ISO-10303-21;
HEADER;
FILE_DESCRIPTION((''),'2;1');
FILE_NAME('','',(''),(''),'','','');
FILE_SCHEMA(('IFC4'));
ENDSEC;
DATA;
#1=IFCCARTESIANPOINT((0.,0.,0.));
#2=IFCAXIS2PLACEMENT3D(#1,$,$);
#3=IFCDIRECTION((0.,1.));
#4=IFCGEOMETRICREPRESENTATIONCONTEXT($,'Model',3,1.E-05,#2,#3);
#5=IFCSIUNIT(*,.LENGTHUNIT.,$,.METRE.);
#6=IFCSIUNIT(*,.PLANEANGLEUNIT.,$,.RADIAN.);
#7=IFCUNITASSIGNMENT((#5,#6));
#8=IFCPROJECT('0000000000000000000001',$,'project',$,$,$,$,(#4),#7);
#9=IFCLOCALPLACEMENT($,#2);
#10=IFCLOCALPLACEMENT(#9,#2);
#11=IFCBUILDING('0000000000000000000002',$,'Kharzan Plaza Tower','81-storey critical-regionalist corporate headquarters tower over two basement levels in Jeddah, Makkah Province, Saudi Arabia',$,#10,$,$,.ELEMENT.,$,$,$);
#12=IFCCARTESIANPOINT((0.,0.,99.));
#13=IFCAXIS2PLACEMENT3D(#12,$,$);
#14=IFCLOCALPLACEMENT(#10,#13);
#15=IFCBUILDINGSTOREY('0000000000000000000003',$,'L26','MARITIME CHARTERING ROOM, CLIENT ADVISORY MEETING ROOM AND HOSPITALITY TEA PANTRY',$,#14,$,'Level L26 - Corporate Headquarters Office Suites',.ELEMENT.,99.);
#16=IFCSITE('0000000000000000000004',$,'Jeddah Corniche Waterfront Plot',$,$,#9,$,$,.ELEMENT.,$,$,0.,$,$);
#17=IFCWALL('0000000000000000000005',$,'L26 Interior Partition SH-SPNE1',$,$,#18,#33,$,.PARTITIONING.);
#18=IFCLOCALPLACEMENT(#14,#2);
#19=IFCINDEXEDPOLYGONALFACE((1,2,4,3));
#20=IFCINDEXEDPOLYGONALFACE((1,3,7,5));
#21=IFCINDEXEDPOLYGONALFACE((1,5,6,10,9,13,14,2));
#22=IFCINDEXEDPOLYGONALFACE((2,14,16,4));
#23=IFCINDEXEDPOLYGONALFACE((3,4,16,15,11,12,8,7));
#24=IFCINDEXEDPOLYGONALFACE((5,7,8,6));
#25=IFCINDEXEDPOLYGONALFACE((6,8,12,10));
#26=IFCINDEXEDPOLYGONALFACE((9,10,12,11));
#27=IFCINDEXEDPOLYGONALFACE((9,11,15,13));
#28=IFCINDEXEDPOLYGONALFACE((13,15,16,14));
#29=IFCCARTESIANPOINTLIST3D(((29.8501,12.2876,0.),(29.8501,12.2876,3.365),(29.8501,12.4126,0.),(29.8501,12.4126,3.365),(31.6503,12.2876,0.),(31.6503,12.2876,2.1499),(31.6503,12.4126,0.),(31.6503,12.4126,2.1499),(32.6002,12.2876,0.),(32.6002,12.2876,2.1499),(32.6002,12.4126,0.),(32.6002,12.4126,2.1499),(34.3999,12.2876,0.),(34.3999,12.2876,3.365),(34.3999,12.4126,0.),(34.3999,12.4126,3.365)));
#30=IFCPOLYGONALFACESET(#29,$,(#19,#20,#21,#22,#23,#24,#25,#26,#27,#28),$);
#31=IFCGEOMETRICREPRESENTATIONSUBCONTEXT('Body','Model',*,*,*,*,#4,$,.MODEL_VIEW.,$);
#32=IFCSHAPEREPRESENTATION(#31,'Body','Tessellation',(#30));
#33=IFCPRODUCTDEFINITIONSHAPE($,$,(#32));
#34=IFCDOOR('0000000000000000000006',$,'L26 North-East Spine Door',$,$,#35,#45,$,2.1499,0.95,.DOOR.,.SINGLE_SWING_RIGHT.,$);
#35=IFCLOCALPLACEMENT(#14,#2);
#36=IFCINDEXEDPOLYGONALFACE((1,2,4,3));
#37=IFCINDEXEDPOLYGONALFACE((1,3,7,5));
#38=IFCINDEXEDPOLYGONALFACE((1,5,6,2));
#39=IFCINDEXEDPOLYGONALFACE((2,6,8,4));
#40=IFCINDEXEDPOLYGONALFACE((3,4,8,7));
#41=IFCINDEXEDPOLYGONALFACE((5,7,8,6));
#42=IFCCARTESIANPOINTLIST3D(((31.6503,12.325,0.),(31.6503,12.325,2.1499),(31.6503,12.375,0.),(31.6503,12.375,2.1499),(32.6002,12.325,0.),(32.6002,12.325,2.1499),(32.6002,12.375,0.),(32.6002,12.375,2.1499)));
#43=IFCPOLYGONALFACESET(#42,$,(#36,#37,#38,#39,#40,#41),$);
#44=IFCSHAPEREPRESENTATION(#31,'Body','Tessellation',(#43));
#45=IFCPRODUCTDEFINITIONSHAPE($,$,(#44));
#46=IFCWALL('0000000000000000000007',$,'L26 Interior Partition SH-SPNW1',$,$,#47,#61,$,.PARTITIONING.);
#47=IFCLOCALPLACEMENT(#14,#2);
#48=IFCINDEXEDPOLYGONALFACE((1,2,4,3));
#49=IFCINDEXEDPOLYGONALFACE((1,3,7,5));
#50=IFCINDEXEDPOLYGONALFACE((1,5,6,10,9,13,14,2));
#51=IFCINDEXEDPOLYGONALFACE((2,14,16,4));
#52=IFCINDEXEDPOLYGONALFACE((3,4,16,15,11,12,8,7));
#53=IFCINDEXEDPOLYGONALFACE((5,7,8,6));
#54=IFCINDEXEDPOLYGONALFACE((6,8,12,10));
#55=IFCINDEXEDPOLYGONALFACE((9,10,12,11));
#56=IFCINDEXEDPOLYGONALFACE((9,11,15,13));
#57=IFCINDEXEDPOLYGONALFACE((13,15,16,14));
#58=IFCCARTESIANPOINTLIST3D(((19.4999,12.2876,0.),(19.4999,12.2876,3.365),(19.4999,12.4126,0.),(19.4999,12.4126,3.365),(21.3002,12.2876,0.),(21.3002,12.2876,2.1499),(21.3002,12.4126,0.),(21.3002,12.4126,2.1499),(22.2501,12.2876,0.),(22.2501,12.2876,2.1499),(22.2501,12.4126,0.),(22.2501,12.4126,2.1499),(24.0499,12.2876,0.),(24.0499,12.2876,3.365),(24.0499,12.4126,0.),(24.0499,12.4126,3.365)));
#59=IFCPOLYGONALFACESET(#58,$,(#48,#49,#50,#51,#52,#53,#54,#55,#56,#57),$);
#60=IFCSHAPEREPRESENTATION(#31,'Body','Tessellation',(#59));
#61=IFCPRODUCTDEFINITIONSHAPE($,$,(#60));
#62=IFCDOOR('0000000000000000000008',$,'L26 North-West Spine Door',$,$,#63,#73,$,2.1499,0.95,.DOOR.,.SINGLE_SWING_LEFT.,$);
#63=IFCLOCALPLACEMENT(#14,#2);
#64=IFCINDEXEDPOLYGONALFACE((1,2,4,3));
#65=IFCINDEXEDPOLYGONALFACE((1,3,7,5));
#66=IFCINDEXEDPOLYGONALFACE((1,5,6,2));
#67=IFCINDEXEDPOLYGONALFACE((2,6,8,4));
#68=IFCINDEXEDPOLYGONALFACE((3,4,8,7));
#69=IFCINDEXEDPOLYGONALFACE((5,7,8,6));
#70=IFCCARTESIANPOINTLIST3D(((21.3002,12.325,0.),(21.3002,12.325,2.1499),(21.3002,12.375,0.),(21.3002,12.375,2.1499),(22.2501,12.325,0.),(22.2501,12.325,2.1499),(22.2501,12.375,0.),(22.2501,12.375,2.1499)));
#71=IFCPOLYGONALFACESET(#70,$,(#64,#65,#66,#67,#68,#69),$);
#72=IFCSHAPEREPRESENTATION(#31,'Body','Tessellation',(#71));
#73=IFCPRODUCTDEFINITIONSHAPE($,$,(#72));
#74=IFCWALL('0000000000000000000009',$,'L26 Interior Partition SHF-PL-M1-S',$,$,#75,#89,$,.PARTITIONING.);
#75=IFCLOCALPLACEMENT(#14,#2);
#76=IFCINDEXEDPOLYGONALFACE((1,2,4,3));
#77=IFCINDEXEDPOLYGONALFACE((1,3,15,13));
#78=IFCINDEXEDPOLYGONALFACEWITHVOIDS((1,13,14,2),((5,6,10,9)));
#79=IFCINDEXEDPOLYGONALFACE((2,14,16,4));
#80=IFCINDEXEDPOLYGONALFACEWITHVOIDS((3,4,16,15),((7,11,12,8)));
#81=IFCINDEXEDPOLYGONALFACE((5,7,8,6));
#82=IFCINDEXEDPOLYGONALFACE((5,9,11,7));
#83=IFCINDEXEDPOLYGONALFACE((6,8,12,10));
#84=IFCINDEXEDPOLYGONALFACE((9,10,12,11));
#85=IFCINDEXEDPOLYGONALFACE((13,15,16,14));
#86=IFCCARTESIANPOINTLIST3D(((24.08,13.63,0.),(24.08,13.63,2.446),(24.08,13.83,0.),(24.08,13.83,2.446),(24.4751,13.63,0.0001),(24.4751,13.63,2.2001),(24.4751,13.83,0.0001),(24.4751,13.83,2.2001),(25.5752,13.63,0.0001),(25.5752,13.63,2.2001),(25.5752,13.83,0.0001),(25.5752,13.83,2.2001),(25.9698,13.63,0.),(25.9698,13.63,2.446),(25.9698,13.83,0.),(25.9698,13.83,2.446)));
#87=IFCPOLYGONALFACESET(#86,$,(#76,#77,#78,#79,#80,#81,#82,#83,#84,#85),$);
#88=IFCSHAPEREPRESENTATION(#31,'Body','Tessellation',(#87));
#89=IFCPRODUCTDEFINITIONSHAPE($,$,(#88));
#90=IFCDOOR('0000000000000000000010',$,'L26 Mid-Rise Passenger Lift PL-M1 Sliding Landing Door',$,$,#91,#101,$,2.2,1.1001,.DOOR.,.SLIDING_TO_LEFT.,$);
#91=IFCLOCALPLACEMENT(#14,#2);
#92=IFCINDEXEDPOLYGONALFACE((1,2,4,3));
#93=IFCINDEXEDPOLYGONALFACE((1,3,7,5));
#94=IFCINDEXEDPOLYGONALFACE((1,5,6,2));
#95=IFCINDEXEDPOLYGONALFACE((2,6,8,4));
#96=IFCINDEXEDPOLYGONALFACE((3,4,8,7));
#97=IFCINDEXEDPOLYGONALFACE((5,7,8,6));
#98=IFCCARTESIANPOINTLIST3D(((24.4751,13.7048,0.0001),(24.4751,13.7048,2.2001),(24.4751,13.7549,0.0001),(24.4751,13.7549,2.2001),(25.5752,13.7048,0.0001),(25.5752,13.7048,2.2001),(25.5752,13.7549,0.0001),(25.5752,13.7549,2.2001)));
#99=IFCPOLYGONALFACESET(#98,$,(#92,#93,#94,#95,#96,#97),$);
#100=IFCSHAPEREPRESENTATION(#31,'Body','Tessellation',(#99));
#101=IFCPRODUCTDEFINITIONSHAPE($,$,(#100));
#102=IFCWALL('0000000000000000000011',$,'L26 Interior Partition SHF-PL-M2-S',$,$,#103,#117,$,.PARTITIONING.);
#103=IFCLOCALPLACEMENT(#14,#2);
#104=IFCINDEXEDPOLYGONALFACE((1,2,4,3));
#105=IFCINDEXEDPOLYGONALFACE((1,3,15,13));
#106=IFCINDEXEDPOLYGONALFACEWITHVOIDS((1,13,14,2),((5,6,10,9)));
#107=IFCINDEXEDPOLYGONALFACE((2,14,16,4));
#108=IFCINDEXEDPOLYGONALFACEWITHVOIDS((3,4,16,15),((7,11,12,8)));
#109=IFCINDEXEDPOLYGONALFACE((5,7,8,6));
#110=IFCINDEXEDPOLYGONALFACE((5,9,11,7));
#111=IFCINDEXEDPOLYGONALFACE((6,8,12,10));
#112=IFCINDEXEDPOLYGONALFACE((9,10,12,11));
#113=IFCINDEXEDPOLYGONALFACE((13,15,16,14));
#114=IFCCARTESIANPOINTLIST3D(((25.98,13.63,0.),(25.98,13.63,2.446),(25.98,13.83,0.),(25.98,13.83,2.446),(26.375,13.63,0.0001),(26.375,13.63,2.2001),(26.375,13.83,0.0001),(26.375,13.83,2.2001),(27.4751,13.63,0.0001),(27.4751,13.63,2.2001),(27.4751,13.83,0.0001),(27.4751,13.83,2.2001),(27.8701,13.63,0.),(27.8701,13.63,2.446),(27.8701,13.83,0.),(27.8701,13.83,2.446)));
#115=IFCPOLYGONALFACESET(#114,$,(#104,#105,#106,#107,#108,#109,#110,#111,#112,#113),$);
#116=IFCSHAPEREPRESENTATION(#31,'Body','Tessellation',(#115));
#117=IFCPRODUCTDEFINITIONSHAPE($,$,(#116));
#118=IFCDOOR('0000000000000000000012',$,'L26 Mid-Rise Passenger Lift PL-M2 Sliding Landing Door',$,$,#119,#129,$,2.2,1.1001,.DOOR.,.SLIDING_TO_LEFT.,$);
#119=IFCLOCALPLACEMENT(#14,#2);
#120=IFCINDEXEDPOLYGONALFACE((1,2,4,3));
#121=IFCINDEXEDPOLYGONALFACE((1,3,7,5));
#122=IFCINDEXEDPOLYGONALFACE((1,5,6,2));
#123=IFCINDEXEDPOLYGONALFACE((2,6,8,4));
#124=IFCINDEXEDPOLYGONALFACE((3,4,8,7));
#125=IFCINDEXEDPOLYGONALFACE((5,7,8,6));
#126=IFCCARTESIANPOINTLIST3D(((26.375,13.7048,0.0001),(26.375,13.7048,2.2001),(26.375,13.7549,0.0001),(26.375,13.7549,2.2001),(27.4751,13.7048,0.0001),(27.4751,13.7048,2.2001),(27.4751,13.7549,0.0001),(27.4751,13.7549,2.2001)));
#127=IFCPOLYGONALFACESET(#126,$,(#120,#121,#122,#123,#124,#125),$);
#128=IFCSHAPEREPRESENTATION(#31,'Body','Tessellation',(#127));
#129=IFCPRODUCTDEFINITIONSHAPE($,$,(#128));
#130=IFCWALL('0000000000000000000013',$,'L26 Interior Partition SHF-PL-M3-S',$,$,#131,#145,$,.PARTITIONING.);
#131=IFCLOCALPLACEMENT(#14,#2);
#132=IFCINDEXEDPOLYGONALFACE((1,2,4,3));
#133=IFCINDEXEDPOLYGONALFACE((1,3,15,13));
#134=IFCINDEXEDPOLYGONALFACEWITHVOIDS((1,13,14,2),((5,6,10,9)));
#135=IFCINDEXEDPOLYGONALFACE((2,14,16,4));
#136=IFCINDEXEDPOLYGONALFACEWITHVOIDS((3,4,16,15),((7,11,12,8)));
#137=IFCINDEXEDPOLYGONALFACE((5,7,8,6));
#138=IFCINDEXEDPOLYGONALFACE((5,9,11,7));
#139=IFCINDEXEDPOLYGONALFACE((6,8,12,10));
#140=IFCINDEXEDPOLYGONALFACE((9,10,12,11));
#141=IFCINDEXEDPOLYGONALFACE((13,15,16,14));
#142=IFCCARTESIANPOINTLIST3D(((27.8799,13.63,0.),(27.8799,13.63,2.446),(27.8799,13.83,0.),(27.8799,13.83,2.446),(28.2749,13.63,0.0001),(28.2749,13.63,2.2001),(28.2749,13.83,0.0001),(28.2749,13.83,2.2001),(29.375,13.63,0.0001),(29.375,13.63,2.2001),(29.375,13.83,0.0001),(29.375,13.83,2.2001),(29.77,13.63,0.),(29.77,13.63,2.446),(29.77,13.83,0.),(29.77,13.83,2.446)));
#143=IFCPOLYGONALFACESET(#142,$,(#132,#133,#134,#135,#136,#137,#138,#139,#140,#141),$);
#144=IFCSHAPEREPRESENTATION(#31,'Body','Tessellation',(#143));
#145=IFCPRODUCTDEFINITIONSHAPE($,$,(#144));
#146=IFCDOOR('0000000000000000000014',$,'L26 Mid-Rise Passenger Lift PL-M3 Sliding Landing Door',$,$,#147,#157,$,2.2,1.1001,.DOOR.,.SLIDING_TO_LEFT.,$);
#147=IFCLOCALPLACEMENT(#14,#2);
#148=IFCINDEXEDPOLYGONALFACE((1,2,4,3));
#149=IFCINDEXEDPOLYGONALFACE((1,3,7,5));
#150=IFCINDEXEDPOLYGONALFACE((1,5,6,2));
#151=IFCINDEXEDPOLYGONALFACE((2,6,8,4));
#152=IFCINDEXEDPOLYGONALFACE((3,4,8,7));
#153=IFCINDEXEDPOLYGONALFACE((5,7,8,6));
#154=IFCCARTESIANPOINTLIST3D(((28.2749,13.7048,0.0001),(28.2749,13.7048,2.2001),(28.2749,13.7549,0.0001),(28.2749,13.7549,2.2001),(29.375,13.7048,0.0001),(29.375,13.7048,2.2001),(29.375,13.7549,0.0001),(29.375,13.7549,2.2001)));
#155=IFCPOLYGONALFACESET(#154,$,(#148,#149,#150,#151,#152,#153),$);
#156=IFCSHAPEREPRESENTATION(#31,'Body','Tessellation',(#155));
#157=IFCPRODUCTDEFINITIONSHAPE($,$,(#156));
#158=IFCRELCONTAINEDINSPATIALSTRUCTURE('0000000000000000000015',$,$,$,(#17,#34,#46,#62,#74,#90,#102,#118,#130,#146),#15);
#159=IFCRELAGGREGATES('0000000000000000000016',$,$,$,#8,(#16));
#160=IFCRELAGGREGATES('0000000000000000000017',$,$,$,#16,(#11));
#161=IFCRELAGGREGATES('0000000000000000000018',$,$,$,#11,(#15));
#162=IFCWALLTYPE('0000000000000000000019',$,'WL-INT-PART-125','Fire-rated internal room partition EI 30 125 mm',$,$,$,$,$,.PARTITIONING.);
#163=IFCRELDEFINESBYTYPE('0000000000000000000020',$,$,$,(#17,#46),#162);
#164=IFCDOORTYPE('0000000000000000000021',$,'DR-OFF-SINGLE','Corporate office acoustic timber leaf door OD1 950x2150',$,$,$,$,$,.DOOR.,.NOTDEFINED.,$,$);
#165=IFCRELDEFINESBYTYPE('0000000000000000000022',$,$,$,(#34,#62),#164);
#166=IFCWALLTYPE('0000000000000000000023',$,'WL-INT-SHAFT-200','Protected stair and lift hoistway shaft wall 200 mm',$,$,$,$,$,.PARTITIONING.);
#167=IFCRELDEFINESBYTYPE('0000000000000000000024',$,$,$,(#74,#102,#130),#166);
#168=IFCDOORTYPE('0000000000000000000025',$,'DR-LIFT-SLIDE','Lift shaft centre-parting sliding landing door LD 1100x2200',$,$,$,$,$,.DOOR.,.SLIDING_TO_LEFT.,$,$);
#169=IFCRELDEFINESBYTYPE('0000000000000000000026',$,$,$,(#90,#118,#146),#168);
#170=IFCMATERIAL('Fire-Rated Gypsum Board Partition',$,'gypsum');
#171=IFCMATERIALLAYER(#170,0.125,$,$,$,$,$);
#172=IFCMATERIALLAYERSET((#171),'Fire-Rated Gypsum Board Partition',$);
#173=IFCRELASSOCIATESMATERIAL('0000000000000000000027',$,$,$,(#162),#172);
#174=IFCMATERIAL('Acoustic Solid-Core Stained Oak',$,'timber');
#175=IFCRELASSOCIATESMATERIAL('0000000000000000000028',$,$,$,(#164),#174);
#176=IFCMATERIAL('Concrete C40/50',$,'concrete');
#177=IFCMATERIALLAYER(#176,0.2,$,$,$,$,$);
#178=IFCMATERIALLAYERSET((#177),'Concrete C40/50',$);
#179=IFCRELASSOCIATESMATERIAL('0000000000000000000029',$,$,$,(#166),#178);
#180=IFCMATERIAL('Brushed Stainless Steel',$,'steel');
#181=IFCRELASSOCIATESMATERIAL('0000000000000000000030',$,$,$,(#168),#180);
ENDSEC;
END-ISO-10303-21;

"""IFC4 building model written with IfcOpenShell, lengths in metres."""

from ifc_helpers import new_model, si_unit, direction, frame, frame_2d, origin, place, context, subcontext, project, spatial, rectangle, extrude, source, transform, mapped, material, layer, layer_set, type_object, element, fill, save


model = new_model("IFC4")

# Units and contexts
model_context = context("Model", 3, precision=1e-05, world=origin(), true_north=direction((0.0, 1.0)))
body_context = subcontext(model_context, "Body", "Model", "MODEL_VIEW")
ifc_project = project(units=[si_unit("LENGTHUNIT", "METRE"), si_unit("PLANEANGLEUNIT", "RADIAN")], contexts=[model_context])

# Site, building, storey
site_placement = place(None, origin())
site = spatial("IfcSite", under=ifc_project, at=site_placement, Name="Jeddah Corniche Waterfront Plot", CompositionType="ELEMENT", RefElevation=0.0)
building_placement = place(site_placement, origin())
building = spatial("IfcBuilding", under=site, at=building_placement, Name="Kharzan Plaza Tower", Description="81-storey critical-regionalist corporate headquarters tower over two basement levels in Jeddah, Makkah Province, Saudi Arabia", CompositionType="ELEMENT")
storey_placement = place(building_placement, frame((0.0, 0.0, 99.0)))
storey = spatial("IfcBuildingStorey", under=building, at=storey_placement, Name="L26", Description="MARITIME CHARTERING ROOM, CLIENT ADVISORY MEETING ROOM AND HOSPITALITY TEA PANTRY", LongName="Level L26 - Corporate Headquarters Office Suites", CompositionType="ELEMENT", Elevation=99.0)

# Walls, openings, doors
ifc_material_1 = material(Name="Fire-Rated Gypsum Board Partition", Category="gypsum")
ifc_layer_1 = layer(ifc_material_1, 0.125)
ifc_layer_set_1 = layer_set([ifc_layer_1], Name="Fire-Rated Gypsum Board Partition")
wall_type_1 = type_object("IfcWallType", Name="WL-INT-PART-125", Description="Fire-rated internal room partition EI 30 125 mm", PredefinedType="PARTITIONING", material=ifc_layer_set_1)
ifc_material_2 = material(Name="Acoustic Solid-Core Stained Oak", Category="timber")
door_type_1 = type_object("IfcDoorType", Name="DR-OFF-SINGLE", Description="Corporate office acoustic timber leaf door OD1 950x2150", OperationType="NOTDEFINED", PredefinedType="DOOR", material=ifc_material_2)
shared_shape_1 = source(origin(), body_context, "Body", "SweptSolid", [
    extrude(rectangle(XDim=0.95, YDim=2.1499, at=frame_2d((0.4751, 1.075))), frame((0.0, 0.0249, 0.0), z_axis=(0.0, -1.0, 0.0), x_axis=(1.0, 0.0, 0.0)), (0.0, 0.0, 1.0), 0.05),
])
wall_1_placement = place(storey_placement, frame((29.8501, 12.3501, 0.0), z_axis=(0.0, 0.0, 1.0), x_axis=(1.0, 0.0, 0.0)))
wall_1 = element("IfcWall", 1, at=wall_1_placement, inside=storey, type_object=wall_type_1, Name="L26 Interior Partition SH-SPNE1", PredefinedType="PARTITIONING", context=body_context, shape_type="SweptSolid", body=[
    extrude(rectangle(XDim=4.5498, YDim=0.125, at=frame_2d((2.2749, 0.0))), origin(), (0.0, 0.0, 1.0), 3.365),
])
opening_1_placement = place(wall_1_placement, frame((1.8, 0.0, 0.0)))
opening_1 = element("IfcOpeningElement", 2, at=opening_1_placement, cuts=wall_1, PredefinedType="OPENING", context=body_context, shape_type="SweptSolid", body=[
    extrude(rectangle(XDim=0.95, YDim=2.1499, at=frame_2d((0.4751, 1.075))), frame((0.0, 0.0725, 0.0), z_axis=(0.0, -1.0, 0.0), x_axis=(1.0, 0.0, 0.0)), (0.0, 0.0, 1.0), 0.145),
])
door_1_placement = place(opening_1_placement, origin())
door_1 = element("IfcDoor", 3, at=door_1_placement, inside=storey, type_object=door_type_1, Name="L26 North-East Spine Door", OperationType="SINGLE_SWING_RIGHT", OverallHeight=2.1499, OverallWidth=0.95, PredefinedType="DOOR", context=body_context, shape_type="MappedRepresentation", body=[
    mapped(shared_shape_1, transform((0.0, 0.0, 0.0), x_axis=(1.0, 0.0, 0.0), y_axis=(0.0, 1.0, 0.0), z_axis=(0.0, 0.0, 1.0))),
])
fill(opening_1, door_1)
wall_2_placement = place(storey_placement, frame((19.5, 12.3501, 0.0), z_axis=(0.0, 0.0, 1.0), x_axis=(1.0, 0.0, 0.0)))
wall_2 = element("IfcWall", 4, at=wall_2_placement, inside=storey, type_object=wall_type_1, Name="L26 Interior Partition SH-SPNW1", PredefinedType="PARTITIONING", context=body_context, shape_type="SweptSolid", body=[
    extrude(rectangle(XDim=4.55, YDim=0.125, at=frame_2d((2.2749, 0.0))), origin(), (0.0, 0.0, 1.0), 3.365),
])
opening_2_placement = place(wall_2_placement, frame((1.8, 0.0, 0.0)))
opening_2 = element("IfcOpeningElement", 5, at=opening_2_placement, cuts=wall_2, PredefinedType="OPENING", context=body_context, shape_type="SweptSolid", body=[
    extrude(rectangle(XDim=0.95, YDim=2.1499, at=frame_2d((0.4751, 1.075))), frame((0.0, 0.0725, 0.0), z_axis=(0.0, -1.0, 0.0), x_axis=(1.0, 0.0, 0.0)), (0.0, 0.0, 1.0), 0.145),
])
door_2_placement = place(opening_2_placement, origin())
door_2 = element("IfcDoor", 6, at=door_2_placement, inside=storey, type_object=door_type_1, Name="L26 North-West Spine Door", OperationType="SINGLE_SWING_LEFT", OverallHeight=2.1499, OverallWidth=0.95, PredefinedType="DOOR", context=body_context, shape_type="MappedRepresentation", body=[
    mapped(shared_shape_1, transform((0.0, 0.0, 0.0), x_axis=(1.0, 0.0, 0.0), y_axis=(0.0, 1.0, 0.0), z_axis=(0.0, 0.0, 1.0))),
])
fill(opening_2, door_2)
ifc_material_3 = material(Name="Concrete C40/50", Category="concrete")
ifc_layer_2 = layer(ifc_material_3, 0.2)
ifc_layer_set_2 = layer_set([ifc_layer_2], Name="Concrete C40/50")
wall_type_2 = type_object("IfcWallType", Name="WL-INT-SHAFT-200", Description="Protected stair and lift hoistway shaft wall 200 mm", PredefinedType="PARTITIONING", material=ifc_layer_set_2)
wall_3_placement = place(storey_placement, frame((24.0801, 13.73, 0.0), z_axis=(0.0, 0.0, 1.0), x_axis=(1.0, 0.0, 0.0)))
wall_3 = element("IfcWall", 7, at=wall_3_placement, inside=storey, type_object=wall_type_2, Name="L26 Interior Partition SHF-PL-M1-S", PredefinedType="PARTITIONING", context=body_context, shape_type="SweptSolid", body=[
    extrude(rectangle(XDim=1.8899, YDim=0.2, at=frame_2d((0.9448, 0.0))), origin(), (0.0, 0.0, 1.0), 2.446),
])
opening_3_placement = place(wall_3_placement, frame((0.395, 0.0, 0.0)))
opening_3 = element("IfcOpeningElement", 8, at=opening_3_placement, cuts=wall_3, PredefinedType="OPENING", context=body_context, shape_type="SweptSolid", body=[
    extrude(rectangle(XDim=1.1001, YDim=2.2, at=frame_2d((0.55, 1.1001))), frame((0.0, 0.1099, 0.0), z_axis=(0.0, -1.0, 0.0), x_axis=(1.0, 0.0, 0.0)), (0.0, 0.0, 1.0), 0.22),
])
ifc_material_4 = material(Name="Brushed Stainless Steel", Category="steel")
door_type_2 = type_object("IfcDoorType", Name="DR-LIFT-SLIDE", Description="Lift shaft centre-parting sliding landing door LD 1100x2200", OperationType="SLIDING_TO_LEFT", PredefinedType="DOOR", material=ifc_material_4)
shared_shape_2 = source(origin(), body_context, "Body", "SweptSolid", [
    extrude(rectangle(XDim=1.1001, YDim=2.2, at=frame_2d((0.55, 1.1001))), frame((0.0, 0.0249, 0.0), z_axis=(0.0, -1.0, 0.0), x_axis=(1.0, 0.0, 0.0)), (0.0, 0.0, 1.0), 0.05),
])
door_3_placement = place(opening_3_placement, origin())
door_3 = element("IfcDoor", 9, at=door_3_placement, inside=storey, type_object=door_type_2, Name="L26 Mid-Rise Passenger Lift PL-M1 Sliding Landing Door", OperationType="SLIDING_TO_LEFT", OverallHeight=2.2, OverallWidth=1.1001, PredefinedType="DOOR", context=body_context, shape_type="MappedRepresentation", body=[
    mapped(shared_shape_2, transform((0.0, 0.0, 0.0), x_axis=(1.0, 0.0, 0.0), y_axis=(0.0, 1.0, 0.0), z_axis=(0.0, 0.0, 1.0))),
])
fill(opening_3, door_3)
wall_4_placement = place(storey_placement, frame((25.98, 13.73, 0.0), z_axis=(0.0, 0.0, 1.0), x_axis=(1.0, 0.0, 0.0)))
wall_4 = element("IfcWall", 10, at=wall_4_placement, inside=storey, type_object=wall_type_2, Name="L26 Interior Partition SHF-PL-M2-S", PredefinedType="PARTITIONING", context=body_context, shape_type="SweptSolid", body=[
    extrude(rectangle(XDim=1.8901, YDim=0.2, at=frame_2d((0.9451, 0.0))), origin(), (0.0, 0.0, 1.0), 2.446),
])
opening_4_placement = place(wall_4_placement, frame((0.395, 0.0, 0.0)))
opening_4 = element("IfcOpeningElement", 11, at=opening_4_placement, cuts=wall_4, PredefinedType="OPENING", context=body_context, shape_type="SweptSolid", body=[
    extrude(rectangle(XDim=1.1001, YDim=2.2, at=frame_2d((0.55, 1.1001))), frame((0.0, 0.1099, 0.0), z_axis=(0.0, -1.0, 0.0), x_axis=(1.0, 0.0, 0.0)), (0.0, 0.0, 1.0), 0.22),
])
door_4_placement = place(opening_4_placement, origin())
door_4 = element("IfcDoor", 12, at=door_4_placement, inside=storey, type_object=door_type_2, Name="L26 Mid-Rise Passenger Lift PL-M2 Sliding Landing Door", OperationType="SLIDING_TO_LEFT", OverallHeight=2.2, OverallWidth=1.1001, PredefinedType="DOOR", context=body_context, shape_type="MappedRepresentation", body=[
    mapped(shared_shape_2, transform((0.0, 0.0, 0.0), x_axis=(1.0, 0.0, 0.0), y_axis=(0.0, 1.0, 0.0), z_axis=(0.0, 0.0, 1.0))),
])
fill(opening_4, door_4)
wall_5_placement = place(storey_placement, frame((27.8799, 13.73, 0.0), z_axis=(0.0, 0.0, 1.0), x_axis=(1.0, 0.0, 0.0)))
wall_5 = element("IfcWall", 13, at=wall_5_placement, inside=storey, type_object=wall_type_2, Name="L26 Interior Partition SHF-PL-M3-S", PredefinedType="PARTITIONING", context=body_context, shape_type="SweptSolid", body=[
    extrude(rectangle(XDim=1.8901, YDim=0.2, at=frame_2d((0.9451, 0.0))), origin(), (0.0, 0.0, 1.0), 2.446),
])
opening_5_placement = place(wall_5_placement, frame((0.395, 0.0, 0.0)))
opening_5 = element("IfcOpeningElement", 14, at=opening_5_placement, cuts=wall_5, PredefinedType="OPENING", context=body_context, shape_type="SweptSolid", body=[
    extrude(rectangle(XDim=1.1001, YDim=2.2, at=frame_2d((0.55, 1.1001))), frame((0.0, 0.1099, 0.0), z_axis=(0.0, -1.0, 0.0), x_axis=(1.0, 0.0, 0.0)), (0.0, 0.0, 1.0), 0.22),
])
door_5_placement = place(opening_5_placement, origin())
door_5 = element("IfcDoor", 15, at=door_5_placement, inside=storey, type_object=door_type_2, Name="L26 Mid-Rise Passenger Lift PL-M3 Sliding Landing Door", OperationType="SLIDING_TO_LEFT", OverallHeight=2.2, OverallWidth=1.1001, PredefinedType="DOOR", context=body_context, shape_type="MappedRepresentation", body=[
    mapped(shared_shape_2, transform((0.0, 0.0, 0.0), x_axis=(1.0, 0.0, 0.0), y_axis=(0.0, 1.0, 0.0), z_axis=(0.0, 0.0, 1.0))),
])
fill(opening_5, door_5)

save(model, "model.ifc")
